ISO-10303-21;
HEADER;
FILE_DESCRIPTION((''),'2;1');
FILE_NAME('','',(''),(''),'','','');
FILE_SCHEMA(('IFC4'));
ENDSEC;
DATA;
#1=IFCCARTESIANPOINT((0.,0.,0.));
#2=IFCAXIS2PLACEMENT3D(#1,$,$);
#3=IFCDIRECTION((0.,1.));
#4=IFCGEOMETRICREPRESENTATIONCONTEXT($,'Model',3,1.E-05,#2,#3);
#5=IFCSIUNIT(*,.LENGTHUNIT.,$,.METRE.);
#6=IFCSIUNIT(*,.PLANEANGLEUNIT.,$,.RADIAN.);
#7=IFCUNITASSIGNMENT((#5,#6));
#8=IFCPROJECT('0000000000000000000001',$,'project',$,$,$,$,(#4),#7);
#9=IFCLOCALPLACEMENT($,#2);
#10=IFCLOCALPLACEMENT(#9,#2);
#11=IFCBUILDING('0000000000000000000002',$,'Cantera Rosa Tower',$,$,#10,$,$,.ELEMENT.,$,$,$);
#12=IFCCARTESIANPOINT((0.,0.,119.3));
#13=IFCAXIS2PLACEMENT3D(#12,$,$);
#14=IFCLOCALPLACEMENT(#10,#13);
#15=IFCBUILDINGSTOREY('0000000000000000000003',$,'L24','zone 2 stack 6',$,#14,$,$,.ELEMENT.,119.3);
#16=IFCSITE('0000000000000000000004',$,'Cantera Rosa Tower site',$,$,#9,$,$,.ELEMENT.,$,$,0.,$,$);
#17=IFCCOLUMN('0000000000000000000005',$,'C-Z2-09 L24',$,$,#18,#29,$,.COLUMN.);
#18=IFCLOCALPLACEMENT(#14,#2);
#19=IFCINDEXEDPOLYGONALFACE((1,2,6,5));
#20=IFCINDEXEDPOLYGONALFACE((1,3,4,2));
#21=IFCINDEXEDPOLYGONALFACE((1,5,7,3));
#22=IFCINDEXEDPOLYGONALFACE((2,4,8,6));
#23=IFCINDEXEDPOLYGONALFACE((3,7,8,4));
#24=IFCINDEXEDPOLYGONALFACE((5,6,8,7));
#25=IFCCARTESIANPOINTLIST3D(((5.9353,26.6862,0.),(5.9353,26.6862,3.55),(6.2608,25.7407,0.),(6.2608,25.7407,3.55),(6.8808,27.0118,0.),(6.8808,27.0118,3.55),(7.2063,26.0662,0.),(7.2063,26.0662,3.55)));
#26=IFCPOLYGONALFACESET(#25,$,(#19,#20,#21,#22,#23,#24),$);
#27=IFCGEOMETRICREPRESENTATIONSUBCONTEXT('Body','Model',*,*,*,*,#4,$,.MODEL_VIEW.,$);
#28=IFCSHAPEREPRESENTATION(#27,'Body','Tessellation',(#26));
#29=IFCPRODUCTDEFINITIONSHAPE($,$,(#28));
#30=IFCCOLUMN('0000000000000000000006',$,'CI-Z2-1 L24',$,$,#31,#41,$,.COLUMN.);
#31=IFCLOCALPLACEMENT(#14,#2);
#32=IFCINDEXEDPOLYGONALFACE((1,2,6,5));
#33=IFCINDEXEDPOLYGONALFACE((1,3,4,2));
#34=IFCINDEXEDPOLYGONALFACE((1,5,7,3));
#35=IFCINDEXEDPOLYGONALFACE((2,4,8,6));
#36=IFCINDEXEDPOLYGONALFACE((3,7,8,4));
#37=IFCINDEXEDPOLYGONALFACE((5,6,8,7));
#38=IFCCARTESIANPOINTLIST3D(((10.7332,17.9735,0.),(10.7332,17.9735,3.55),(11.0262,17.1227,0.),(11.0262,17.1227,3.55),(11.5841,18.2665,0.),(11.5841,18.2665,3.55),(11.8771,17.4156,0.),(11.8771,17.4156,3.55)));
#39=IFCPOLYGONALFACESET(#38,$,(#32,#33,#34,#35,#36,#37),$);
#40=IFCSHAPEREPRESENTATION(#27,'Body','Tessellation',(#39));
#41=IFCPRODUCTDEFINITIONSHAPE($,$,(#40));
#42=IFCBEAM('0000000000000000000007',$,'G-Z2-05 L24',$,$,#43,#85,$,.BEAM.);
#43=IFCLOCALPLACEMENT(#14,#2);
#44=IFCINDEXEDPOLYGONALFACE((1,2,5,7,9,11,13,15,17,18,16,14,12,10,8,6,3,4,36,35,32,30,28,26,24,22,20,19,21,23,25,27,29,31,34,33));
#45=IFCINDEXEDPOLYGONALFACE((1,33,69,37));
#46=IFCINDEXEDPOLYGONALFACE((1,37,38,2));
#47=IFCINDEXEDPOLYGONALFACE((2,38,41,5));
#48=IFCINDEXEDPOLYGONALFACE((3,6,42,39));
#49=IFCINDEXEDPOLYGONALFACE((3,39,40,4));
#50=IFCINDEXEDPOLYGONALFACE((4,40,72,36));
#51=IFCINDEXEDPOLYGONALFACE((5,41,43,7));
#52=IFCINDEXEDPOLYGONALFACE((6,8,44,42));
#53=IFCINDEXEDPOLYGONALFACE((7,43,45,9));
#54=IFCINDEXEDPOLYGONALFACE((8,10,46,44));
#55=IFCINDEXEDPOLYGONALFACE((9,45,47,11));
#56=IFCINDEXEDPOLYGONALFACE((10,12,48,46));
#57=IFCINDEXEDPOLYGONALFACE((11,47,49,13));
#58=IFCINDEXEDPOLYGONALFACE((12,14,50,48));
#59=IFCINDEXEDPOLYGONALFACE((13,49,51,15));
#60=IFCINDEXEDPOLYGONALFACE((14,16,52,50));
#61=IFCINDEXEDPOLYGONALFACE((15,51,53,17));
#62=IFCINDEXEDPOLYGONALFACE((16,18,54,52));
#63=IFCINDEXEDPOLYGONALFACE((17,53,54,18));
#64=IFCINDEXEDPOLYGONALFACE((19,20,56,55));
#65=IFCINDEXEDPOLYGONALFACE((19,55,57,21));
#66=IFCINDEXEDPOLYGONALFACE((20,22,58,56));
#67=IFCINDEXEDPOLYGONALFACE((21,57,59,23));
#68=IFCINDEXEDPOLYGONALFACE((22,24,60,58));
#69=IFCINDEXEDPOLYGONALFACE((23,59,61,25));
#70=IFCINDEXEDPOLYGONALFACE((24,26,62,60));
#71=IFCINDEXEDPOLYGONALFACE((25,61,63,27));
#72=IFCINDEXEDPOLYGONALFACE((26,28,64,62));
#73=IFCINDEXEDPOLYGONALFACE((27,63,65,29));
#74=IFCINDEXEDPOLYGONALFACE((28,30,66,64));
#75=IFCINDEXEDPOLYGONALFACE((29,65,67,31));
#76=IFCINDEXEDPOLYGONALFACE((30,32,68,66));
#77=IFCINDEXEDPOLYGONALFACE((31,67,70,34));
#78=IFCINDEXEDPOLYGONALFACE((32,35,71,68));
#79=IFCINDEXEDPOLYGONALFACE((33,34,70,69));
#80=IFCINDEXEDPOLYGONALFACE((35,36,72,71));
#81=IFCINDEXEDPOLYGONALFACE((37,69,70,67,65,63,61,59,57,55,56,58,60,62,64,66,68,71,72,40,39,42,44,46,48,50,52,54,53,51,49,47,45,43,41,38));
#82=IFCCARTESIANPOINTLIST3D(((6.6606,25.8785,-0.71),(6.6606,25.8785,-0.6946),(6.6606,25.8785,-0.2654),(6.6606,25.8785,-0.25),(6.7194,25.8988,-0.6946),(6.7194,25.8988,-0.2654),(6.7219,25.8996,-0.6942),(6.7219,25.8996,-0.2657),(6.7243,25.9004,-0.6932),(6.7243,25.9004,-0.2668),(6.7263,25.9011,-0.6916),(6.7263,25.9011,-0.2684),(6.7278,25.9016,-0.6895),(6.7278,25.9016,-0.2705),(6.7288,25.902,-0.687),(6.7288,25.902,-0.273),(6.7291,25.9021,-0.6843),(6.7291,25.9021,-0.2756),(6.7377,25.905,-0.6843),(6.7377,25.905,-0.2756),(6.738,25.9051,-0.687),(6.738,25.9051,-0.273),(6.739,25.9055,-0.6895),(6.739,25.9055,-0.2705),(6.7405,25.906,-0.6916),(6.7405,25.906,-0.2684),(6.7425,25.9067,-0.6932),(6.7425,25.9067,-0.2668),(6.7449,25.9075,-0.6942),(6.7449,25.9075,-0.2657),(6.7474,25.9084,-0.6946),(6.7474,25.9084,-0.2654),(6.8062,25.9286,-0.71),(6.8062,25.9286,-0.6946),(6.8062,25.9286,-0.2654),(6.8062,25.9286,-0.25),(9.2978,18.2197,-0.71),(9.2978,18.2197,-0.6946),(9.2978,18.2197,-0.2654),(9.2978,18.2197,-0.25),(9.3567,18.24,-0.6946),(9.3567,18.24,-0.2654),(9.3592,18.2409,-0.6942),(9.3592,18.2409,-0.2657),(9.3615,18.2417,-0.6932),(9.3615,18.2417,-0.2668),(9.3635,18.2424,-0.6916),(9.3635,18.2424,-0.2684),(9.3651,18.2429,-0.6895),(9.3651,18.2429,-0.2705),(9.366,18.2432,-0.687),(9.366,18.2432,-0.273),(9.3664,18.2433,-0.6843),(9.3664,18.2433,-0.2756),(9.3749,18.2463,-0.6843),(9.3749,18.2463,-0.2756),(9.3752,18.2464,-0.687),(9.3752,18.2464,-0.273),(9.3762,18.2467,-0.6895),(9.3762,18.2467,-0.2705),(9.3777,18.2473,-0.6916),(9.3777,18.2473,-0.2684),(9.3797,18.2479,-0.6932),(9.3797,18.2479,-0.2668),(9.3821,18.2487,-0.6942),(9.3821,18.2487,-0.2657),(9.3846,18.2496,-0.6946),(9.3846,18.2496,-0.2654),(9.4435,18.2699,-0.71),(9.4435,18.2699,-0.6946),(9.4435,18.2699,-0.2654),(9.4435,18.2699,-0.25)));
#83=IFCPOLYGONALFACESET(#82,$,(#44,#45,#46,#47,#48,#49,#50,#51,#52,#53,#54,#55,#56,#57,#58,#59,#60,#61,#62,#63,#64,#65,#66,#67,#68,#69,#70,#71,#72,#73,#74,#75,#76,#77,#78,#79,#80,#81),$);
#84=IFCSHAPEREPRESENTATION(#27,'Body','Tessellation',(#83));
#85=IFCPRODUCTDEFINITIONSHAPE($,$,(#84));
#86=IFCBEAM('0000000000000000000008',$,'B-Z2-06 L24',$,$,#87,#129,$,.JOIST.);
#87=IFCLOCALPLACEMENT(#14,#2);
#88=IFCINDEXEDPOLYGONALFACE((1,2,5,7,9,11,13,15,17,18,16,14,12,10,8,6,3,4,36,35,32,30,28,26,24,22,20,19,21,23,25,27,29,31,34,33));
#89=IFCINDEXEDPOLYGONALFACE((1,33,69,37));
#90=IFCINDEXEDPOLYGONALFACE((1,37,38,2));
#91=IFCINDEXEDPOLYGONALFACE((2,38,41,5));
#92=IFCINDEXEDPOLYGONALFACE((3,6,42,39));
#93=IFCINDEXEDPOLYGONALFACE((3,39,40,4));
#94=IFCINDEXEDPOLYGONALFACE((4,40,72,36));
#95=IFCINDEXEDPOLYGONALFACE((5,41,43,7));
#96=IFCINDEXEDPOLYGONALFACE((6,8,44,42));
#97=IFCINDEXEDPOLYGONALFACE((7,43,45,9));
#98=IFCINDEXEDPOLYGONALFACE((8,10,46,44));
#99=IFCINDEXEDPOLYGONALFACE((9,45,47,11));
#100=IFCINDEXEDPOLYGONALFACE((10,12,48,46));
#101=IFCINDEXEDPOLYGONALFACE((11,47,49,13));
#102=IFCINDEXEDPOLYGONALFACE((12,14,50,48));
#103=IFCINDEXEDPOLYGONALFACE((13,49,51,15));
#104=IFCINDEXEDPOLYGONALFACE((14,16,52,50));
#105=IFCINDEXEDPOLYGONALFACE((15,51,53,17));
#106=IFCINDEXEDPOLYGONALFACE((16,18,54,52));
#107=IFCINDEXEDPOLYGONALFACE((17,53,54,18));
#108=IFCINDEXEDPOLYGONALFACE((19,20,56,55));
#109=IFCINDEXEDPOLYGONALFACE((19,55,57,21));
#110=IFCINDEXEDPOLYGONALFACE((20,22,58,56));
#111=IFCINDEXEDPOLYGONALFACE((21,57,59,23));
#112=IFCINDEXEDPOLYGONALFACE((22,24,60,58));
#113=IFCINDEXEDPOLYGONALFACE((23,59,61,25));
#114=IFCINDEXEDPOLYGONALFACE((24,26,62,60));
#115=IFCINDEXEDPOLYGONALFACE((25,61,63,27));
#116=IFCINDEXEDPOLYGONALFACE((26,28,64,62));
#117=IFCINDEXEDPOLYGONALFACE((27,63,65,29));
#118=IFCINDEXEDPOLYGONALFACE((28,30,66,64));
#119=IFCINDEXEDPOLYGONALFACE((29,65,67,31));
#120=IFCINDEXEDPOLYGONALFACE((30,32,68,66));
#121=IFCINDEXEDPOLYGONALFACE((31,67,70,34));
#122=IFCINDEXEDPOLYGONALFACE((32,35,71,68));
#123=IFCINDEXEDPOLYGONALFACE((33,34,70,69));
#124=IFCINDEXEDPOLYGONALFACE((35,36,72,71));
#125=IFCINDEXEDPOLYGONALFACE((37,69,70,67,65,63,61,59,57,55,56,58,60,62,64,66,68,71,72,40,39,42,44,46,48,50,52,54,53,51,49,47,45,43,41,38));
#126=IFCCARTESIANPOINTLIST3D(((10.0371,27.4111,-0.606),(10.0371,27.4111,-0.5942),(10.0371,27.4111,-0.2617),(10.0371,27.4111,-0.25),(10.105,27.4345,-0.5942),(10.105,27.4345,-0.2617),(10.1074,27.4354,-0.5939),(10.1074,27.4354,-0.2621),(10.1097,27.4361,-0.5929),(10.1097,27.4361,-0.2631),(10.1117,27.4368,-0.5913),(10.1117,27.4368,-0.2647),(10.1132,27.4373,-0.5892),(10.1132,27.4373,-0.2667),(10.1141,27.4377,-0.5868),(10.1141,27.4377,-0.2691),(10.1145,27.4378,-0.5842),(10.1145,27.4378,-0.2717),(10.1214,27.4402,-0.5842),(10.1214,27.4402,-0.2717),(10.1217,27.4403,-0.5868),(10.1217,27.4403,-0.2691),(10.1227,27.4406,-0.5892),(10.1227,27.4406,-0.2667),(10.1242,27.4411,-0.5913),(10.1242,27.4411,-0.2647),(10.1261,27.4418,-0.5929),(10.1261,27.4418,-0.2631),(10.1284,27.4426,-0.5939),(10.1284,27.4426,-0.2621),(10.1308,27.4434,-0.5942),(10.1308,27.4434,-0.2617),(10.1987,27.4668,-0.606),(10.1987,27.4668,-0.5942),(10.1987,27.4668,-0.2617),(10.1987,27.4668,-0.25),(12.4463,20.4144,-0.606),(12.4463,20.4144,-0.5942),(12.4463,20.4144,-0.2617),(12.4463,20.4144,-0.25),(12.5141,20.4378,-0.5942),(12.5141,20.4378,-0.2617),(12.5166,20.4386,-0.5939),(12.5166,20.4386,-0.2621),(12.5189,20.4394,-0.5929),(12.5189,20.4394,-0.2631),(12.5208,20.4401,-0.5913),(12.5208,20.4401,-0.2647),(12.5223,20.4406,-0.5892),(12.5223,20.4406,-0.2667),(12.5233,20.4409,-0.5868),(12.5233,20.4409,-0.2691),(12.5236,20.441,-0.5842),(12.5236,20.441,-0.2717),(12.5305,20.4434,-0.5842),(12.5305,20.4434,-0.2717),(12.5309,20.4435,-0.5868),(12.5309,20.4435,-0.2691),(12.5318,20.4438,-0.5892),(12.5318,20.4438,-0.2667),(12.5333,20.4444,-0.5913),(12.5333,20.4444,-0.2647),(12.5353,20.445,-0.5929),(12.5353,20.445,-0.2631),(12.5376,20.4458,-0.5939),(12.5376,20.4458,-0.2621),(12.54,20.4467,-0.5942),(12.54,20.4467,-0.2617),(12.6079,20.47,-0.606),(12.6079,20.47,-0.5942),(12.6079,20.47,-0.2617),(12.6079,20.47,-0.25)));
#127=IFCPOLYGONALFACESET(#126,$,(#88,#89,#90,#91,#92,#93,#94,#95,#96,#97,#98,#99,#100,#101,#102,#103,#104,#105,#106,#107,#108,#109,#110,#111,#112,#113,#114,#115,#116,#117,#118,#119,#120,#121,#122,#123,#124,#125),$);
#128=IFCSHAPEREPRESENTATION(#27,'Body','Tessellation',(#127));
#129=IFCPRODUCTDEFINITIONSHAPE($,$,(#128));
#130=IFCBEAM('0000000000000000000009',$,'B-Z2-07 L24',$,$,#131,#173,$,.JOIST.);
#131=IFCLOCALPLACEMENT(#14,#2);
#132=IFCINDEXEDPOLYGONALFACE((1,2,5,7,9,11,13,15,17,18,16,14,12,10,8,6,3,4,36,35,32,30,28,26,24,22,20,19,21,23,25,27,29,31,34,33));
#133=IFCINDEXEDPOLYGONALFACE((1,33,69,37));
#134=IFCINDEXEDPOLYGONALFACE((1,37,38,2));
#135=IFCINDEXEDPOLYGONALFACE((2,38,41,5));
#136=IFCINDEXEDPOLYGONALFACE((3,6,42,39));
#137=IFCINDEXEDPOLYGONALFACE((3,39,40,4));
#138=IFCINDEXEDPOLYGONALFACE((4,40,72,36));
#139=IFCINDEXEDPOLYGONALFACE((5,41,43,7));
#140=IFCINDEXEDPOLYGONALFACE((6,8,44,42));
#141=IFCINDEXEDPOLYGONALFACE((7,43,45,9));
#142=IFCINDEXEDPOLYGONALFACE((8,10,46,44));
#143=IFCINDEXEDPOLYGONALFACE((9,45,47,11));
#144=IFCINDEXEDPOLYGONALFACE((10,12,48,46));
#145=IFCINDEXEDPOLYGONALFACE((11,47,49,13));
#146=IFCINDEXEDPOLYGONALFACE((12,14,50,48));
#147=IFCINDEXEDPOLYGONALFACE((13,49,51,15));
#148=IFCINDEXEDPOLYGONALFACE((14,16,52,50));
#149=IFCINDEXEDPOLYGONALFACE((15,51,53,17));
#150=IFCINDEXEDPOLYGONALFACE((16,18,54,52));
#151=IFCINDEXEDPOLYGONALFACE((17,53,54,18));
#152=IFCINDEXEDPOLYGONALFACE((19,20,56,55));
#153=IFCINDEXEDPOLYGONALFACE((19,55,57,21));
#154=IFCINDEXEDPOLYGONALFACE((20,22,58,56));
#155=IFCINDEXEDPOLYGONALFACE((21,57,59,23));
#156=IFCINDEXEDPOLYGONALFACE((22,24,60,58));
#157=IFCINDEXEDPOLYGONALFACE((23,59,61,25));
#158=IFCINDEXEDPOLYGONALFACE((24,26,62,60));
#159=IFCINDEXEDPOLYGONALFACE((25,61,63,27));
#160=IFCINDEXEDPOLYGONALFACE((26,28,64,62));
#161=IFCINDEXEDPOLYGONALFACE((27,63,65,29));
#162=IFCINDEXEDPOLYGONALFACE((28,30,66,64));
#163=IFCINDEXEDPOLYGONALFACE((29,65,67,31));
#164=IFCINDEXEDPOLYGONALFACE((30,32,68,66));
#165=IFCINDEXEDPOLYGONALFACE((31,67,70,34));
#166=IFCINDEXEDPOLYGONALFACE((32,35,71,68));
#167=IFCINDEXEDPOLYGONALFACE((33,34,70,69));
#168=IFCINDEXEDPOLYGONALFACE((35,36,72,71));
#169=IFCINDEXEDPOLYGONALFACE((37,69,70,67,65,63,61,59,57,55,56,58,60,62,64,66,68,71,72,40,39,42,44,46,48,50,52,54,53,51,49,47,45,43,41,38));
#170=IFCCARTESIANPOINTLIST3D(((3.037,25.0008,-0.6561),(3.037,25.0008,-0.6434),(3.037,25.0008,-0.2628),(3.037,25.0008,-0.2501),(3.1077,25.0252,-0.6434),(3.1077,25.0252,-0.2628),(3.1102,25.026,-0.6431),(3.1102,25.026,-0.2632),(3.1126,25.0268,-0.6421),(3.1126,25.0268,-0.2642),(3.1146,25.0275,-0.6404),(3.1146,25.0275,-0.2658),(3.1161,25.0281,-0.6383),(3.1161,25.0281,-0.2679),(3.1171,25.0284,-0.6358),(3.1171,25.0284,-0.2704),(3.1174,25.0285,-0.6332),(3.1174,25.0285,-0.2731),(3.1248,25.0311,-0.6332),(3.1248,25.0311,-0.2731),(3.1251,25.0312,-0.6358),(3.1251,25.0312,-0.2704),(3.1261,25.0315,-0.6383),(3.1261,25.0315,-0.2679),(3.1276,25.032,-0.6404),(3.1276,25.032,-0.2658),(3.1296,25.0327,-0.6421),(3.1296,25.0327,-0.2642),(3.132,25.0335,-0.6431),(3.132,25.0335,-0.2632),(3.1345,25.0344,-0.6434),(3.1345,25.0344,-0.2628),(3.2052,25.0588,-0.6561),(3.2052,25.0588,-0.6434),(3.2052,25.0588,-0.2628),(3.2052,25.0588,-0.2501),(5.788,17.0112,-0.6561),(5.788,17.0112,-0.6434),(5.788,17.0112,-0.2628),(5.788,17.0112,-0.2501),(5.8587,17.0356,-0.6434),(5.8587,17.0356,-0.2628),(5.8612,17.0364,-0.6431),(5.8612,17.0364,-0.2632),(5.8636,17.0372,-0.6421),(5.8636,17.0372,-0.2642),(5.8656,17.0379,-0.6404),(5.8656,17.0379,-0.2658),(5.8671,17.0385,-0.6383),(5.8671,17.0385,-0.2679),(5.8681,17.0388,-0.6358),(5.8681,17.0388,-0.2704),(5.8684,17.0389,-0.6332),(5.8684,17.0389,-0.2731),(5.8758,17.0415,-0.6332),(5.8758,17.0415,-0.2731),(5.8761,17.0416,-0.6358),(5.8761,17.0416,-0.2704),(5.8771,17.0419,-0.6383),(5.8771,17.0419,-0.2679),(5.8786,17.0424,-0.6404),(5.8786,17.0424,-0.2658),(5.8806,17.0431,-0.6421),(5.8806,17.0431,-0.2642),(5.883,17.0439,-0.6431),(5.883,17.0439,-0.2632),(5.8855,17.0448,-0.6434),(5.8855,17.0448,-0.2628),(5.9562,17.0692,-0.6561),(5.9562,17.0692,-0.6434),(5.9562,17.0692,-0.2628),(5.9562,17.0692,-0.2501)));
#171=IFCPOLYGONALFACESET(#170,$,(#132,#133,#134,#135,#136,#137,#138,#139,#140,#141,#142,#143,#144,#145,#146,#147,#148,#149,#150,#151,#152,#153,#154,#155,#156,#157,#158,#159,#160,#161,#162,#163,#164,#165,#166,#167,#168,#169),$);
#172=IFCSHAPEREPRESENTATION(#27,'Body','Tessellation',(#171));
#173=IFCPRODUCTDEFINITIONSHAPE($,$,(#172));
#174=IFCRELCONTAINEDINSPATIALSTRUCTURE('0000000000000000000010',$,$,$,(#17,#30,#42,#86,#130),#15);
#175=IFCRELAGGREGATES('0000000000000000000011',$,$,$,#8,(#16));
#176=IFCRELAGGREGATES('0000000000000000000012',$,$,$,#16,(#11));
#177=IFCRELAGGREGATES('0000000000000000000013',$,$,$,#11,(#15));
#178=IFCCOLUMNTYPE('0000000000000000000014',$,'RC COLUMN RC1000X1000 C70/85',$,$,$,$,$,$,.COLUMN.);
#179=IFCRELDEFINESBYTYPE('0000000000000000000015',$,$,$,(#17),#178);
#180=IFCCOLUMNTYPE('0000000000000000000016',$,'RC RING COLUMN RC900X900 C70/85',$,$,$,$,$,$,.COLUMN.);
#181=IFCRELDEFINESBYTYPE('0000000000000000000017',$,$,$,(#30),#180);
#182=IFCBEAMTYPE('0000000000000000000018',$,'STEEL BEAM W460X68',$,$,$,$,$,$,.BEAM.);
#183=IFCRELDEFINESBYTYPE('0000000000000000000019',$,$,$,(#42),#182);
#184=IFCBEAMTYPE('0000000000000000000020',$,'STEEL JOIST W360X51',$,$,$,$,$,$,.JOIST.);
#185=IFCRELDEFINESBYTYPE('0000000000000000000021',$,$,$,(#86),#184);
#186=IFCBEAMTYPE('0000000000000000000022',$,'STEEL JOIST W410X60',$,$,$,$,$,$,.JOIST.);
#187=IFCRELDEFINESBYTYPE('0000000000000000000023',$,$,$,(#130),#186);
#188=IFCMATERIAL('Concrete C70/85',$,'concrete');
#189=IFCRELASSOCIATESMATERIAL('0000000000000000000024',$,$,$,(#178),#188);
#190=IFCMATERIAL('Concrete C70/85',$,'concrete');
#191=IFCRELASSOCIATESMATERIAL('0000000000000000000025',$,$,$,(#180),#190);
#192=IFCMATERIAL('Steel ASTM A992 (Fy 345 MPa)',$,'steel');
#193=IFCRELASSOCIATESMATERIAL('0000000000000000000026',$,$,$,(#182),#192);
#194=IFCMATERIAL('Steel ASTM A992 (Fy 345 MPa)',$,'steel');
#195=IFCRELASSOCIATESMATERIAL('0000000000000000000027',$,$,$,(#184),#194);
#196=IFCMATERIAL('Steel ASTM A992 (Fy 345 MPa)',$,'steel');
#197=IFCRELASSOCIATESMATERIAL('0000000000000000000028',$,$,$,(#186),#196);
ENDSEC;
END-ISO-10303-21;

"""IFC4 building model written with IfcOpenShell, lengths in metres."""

from ifc_helpers import new_model, si_unit, direction, frame, origin, origin_2d, place, context, subcontext, project, spatial, rectangle, i_section, extrude, material, material_profile, profile_set, type_object, element, save


model = new_model("IFC4")

# Units and contexts
model_context = context("Model", 3, precision=1e-05, world=origin(), true_north=direction((0.0, 1.0)))
body_context = subcontext(model_context, "Body", "Model", "MODEL_VIEW")
ifc_project = project(units=[si_unit("LENGTHUNIT", "METRE"), si_unit("PLANEANGLEUNIT", "RADIAN")], contexts=[model_context])

# Site, building, storey
site_placement = place(None, origin())
site = spatial("IfcSite", under=ifc_project, at=site_placement, Name="Cantera Rosa Tower site", CompositionType="ELEMENT", RefElevation=0.0)
building_placement = place(site_placement, origin())
building = spatial("IfcBuilding", under=site, at=building_placement, Name="Cantera Rosa Tower", CompositionType="ELEMENT")
storey_placement = place(building_placement, frame((0.0, 0.0, 119.3)))
storey = spatial("IfcBuildingStorey", under=building, at=storey_placement, Name="L24", Description="zone 2 stack 6", CompositionType="ELEMENT", Elevation=119.3)

# Columns
ifc_material_1 = material(Name="Concrete C70/85", Category="concrete")
ifc_material_profile_1 = material_profile(ifc_material_1, rectangle(XDim=1.0, YDim=1.0, at=origin_2d()), Name="RC COLUMN RC1000X1000 C70/85")
ifc_profile_set_1 = profile_set([ifc_material_profile_1], Name="Concrete C70/85")
column_type_1 = type_object("IfcColumnType", Name="RC COLUMN RC1000X1000 C70/85", PredefinedType="COLUMN", material=ifc_profile_set_1)
column_1_placement = place(storey_placement, frame((6.5708, 26.3762, 0.0), z_axis=(0.0, 0.0, 1.0), x_axis=(0.945519, 0.325568, 0.0)))
element("IfcColumn", 1, at=column_1_placement, inside=storey, type_object=column_type_1, Name="C-Z2-09 L24", PredefinedType="COLUMN", context=body_context, shape_type="SweptSolid", body=[
    extrude(rectangle(XDim=1.0, YDim=1.0, at=origin_2d()), origin(), (0.0, 0.0, 1.0), 3.55),
])
ifc_material_2 = material(Name="Concrete C70/85", Category="concrete")
ifc_material_profile_2 = material_profile(ifc_material_2, rectangle(XDim=0.8999, YDim=0.8999, at=origin_2d()), Name="RC RING COLUMN RC900X900 C70/85")
ifc_profile_set_2 = profile_set([ifc_material_profile_2], Name="Concrete C70/85")
column_type_2 = type_object("IfcColumnType", Name="RC RING COLUMN RC900X900 C70/85", PredefinedType="COLUMN", material=ifc_profile_set_2)
column_2_placement = place(storey_placement, frame((11.3052, 17.6946, 0.0), z_axis=(0.0, 0.0, 1.0), x_axis=(0.945519, 0.325568, 0.0)))
element("IfcColumn", 2, at=column_2_placement, inside=storey, type_object=column_type_2, Name="CI-Z2-1 L24", PredefinedType="COLUMN", context=body_context, shape_type="SweptSolid", body=[
    extrude(rectangle(XDim=0.8999, YDim=0.8999, at=origin_2d()), origin(), (0.0, 0.0, 1.0), 3.55),
])

# Beams
ifc_material_3 = material(Name="Steel ASTM A992 (Fy 345 MPa)", Category="steel")
ifc_material_profile_3 = material_profile(ifc_material_3, i_section(OverallWidth=0.1541, OverallDepth=0.46, WebThickness=0.009, FlangeThickness=0.0154, FilletRadius=0.0103, at=origin_2d()), Name="W460X68")
ifc_profile_set_3 = profile_set([ifc_material_profile_3], Name="Steel ASTM A992 (Fy 345 MPa)")
beam_type_1 = type_object("IfcBeamType", Name="STEEL BEAM W460X68", PredefinedType="BEAM", material=ifc_profile_set_3)
beam_1_placement = place(storey_placement, frame((6.7334, 25.9036, -0.48), z_axis=(0.32558, -0.945514, 0.0), x_axis=(0.945514, 0.32558, 0.0)))
element("IfcBeam", 3, at=beam_1_placement, inside=storey, type_object=beam_type_1, Name="G-Z2-05 L24", PredefinedType="BEAM", context=body_context, shape_type="SweptSolid", body=[
    extrude(i_section(OverallWidth=0.1541, OverallDepth=0.46, WebThickness=0.009, FlangeThickness=0.0154, FilletRadius=0.0103, at=origin_2d()), origin(), (0.0, 0.0, 1.0), 8.1001),
])
ifc_material_4 = material(Name="Steel ASTM A992 (Fy 345 MPa)", Category="steel")
ifc_material_profile_4 = material_profile(ifc_material_4, i_section(OverallWidth=0.1709, OverallDepth=0.356, WebThickness=0.0073, FlangeThickness=0.0117, FilletRadius=0.01, at=origin_2d()), Name="W360X51")
ifc_profile_set_4 = profile_set([ifc_material_profile_4], Name="Steel ASTM A992 (Fy 345 MPa)")
beam_type_2 = type_object("IfcBeamType", Name="STEEL JOIST W360X51", PredefinedType="JOIST", material=ifc_profile_set_4)
beam_2_placement = place(storey_placement, frame((10.1179, 27.439, -0.428), z_axis=(0.325566, -0.945519, 0.0), x_axis=(0.945519, 0.325566, 0.0)))
element("IfcBeam", 4, at=beam_2_placement, inside=storey, type_object=beam_type_2, Name="B-Z2-06 L24", PredefinedType="JOIST", context=body_context, shape_type="SweptSolid", body=[
    extrude(i_section(OverallWidth=0.1709, OverallDepth=0.356, WebThickness=0.0073, FlangeThickness=0.0117, FilletRadius=0.01, at=origin_2d()), origin(), (0.0, 0.0, 1.0), 7.3999),
])
ifc_material_5 = material(Name="Steel ASTM A992 (Fy 345 MPa)", Category="steel")
ifc_material_profile_5 = material_profile(ifc_material_5, i_section(OverallWidth=0.178, OverallDepth=0.406, WebThickness=0.0078, FlangeThickness=0.0127, FilletRadius=0.0103, at=origin_2d()), Name="W410X60")
ifc_profile_set_5 = profile_set([ifc_material_profile_5], Name="Steel ASTM A992 (Fy 345 MPa)")
beam_type_3 = type_object("IfcBeamType", Name="STEEL JOIST W410X60", PredefinedType="JOIST", material=ifc_profile_set_5)
beam_3_placement = place(storey_placement, frame((3.1211, 25.0298, -0.4531), z_axis=(0.325565, -0.94552, 0.0), x_axis=(0.94552, 0.325565, 0.0)))
element("IfcBeam", 5, at=beam_3_placement, inside=storey, type_object=beam_type_3, Name="B-Z2-07 L24", PredefinedType="JOIST", context=body_context, shape_type="SweptSolid", body=[
    extrude(i_section(OverallWidth=0.178, OverallDepth=0.406, WebThickness=0.0078, FlangeThickness=0.0127, FilletRadius=0.0103, at=origin_2d()), origin(), (0.0, 0.0, 1.0), 8.45),
])

save(model, "model.ifc")
